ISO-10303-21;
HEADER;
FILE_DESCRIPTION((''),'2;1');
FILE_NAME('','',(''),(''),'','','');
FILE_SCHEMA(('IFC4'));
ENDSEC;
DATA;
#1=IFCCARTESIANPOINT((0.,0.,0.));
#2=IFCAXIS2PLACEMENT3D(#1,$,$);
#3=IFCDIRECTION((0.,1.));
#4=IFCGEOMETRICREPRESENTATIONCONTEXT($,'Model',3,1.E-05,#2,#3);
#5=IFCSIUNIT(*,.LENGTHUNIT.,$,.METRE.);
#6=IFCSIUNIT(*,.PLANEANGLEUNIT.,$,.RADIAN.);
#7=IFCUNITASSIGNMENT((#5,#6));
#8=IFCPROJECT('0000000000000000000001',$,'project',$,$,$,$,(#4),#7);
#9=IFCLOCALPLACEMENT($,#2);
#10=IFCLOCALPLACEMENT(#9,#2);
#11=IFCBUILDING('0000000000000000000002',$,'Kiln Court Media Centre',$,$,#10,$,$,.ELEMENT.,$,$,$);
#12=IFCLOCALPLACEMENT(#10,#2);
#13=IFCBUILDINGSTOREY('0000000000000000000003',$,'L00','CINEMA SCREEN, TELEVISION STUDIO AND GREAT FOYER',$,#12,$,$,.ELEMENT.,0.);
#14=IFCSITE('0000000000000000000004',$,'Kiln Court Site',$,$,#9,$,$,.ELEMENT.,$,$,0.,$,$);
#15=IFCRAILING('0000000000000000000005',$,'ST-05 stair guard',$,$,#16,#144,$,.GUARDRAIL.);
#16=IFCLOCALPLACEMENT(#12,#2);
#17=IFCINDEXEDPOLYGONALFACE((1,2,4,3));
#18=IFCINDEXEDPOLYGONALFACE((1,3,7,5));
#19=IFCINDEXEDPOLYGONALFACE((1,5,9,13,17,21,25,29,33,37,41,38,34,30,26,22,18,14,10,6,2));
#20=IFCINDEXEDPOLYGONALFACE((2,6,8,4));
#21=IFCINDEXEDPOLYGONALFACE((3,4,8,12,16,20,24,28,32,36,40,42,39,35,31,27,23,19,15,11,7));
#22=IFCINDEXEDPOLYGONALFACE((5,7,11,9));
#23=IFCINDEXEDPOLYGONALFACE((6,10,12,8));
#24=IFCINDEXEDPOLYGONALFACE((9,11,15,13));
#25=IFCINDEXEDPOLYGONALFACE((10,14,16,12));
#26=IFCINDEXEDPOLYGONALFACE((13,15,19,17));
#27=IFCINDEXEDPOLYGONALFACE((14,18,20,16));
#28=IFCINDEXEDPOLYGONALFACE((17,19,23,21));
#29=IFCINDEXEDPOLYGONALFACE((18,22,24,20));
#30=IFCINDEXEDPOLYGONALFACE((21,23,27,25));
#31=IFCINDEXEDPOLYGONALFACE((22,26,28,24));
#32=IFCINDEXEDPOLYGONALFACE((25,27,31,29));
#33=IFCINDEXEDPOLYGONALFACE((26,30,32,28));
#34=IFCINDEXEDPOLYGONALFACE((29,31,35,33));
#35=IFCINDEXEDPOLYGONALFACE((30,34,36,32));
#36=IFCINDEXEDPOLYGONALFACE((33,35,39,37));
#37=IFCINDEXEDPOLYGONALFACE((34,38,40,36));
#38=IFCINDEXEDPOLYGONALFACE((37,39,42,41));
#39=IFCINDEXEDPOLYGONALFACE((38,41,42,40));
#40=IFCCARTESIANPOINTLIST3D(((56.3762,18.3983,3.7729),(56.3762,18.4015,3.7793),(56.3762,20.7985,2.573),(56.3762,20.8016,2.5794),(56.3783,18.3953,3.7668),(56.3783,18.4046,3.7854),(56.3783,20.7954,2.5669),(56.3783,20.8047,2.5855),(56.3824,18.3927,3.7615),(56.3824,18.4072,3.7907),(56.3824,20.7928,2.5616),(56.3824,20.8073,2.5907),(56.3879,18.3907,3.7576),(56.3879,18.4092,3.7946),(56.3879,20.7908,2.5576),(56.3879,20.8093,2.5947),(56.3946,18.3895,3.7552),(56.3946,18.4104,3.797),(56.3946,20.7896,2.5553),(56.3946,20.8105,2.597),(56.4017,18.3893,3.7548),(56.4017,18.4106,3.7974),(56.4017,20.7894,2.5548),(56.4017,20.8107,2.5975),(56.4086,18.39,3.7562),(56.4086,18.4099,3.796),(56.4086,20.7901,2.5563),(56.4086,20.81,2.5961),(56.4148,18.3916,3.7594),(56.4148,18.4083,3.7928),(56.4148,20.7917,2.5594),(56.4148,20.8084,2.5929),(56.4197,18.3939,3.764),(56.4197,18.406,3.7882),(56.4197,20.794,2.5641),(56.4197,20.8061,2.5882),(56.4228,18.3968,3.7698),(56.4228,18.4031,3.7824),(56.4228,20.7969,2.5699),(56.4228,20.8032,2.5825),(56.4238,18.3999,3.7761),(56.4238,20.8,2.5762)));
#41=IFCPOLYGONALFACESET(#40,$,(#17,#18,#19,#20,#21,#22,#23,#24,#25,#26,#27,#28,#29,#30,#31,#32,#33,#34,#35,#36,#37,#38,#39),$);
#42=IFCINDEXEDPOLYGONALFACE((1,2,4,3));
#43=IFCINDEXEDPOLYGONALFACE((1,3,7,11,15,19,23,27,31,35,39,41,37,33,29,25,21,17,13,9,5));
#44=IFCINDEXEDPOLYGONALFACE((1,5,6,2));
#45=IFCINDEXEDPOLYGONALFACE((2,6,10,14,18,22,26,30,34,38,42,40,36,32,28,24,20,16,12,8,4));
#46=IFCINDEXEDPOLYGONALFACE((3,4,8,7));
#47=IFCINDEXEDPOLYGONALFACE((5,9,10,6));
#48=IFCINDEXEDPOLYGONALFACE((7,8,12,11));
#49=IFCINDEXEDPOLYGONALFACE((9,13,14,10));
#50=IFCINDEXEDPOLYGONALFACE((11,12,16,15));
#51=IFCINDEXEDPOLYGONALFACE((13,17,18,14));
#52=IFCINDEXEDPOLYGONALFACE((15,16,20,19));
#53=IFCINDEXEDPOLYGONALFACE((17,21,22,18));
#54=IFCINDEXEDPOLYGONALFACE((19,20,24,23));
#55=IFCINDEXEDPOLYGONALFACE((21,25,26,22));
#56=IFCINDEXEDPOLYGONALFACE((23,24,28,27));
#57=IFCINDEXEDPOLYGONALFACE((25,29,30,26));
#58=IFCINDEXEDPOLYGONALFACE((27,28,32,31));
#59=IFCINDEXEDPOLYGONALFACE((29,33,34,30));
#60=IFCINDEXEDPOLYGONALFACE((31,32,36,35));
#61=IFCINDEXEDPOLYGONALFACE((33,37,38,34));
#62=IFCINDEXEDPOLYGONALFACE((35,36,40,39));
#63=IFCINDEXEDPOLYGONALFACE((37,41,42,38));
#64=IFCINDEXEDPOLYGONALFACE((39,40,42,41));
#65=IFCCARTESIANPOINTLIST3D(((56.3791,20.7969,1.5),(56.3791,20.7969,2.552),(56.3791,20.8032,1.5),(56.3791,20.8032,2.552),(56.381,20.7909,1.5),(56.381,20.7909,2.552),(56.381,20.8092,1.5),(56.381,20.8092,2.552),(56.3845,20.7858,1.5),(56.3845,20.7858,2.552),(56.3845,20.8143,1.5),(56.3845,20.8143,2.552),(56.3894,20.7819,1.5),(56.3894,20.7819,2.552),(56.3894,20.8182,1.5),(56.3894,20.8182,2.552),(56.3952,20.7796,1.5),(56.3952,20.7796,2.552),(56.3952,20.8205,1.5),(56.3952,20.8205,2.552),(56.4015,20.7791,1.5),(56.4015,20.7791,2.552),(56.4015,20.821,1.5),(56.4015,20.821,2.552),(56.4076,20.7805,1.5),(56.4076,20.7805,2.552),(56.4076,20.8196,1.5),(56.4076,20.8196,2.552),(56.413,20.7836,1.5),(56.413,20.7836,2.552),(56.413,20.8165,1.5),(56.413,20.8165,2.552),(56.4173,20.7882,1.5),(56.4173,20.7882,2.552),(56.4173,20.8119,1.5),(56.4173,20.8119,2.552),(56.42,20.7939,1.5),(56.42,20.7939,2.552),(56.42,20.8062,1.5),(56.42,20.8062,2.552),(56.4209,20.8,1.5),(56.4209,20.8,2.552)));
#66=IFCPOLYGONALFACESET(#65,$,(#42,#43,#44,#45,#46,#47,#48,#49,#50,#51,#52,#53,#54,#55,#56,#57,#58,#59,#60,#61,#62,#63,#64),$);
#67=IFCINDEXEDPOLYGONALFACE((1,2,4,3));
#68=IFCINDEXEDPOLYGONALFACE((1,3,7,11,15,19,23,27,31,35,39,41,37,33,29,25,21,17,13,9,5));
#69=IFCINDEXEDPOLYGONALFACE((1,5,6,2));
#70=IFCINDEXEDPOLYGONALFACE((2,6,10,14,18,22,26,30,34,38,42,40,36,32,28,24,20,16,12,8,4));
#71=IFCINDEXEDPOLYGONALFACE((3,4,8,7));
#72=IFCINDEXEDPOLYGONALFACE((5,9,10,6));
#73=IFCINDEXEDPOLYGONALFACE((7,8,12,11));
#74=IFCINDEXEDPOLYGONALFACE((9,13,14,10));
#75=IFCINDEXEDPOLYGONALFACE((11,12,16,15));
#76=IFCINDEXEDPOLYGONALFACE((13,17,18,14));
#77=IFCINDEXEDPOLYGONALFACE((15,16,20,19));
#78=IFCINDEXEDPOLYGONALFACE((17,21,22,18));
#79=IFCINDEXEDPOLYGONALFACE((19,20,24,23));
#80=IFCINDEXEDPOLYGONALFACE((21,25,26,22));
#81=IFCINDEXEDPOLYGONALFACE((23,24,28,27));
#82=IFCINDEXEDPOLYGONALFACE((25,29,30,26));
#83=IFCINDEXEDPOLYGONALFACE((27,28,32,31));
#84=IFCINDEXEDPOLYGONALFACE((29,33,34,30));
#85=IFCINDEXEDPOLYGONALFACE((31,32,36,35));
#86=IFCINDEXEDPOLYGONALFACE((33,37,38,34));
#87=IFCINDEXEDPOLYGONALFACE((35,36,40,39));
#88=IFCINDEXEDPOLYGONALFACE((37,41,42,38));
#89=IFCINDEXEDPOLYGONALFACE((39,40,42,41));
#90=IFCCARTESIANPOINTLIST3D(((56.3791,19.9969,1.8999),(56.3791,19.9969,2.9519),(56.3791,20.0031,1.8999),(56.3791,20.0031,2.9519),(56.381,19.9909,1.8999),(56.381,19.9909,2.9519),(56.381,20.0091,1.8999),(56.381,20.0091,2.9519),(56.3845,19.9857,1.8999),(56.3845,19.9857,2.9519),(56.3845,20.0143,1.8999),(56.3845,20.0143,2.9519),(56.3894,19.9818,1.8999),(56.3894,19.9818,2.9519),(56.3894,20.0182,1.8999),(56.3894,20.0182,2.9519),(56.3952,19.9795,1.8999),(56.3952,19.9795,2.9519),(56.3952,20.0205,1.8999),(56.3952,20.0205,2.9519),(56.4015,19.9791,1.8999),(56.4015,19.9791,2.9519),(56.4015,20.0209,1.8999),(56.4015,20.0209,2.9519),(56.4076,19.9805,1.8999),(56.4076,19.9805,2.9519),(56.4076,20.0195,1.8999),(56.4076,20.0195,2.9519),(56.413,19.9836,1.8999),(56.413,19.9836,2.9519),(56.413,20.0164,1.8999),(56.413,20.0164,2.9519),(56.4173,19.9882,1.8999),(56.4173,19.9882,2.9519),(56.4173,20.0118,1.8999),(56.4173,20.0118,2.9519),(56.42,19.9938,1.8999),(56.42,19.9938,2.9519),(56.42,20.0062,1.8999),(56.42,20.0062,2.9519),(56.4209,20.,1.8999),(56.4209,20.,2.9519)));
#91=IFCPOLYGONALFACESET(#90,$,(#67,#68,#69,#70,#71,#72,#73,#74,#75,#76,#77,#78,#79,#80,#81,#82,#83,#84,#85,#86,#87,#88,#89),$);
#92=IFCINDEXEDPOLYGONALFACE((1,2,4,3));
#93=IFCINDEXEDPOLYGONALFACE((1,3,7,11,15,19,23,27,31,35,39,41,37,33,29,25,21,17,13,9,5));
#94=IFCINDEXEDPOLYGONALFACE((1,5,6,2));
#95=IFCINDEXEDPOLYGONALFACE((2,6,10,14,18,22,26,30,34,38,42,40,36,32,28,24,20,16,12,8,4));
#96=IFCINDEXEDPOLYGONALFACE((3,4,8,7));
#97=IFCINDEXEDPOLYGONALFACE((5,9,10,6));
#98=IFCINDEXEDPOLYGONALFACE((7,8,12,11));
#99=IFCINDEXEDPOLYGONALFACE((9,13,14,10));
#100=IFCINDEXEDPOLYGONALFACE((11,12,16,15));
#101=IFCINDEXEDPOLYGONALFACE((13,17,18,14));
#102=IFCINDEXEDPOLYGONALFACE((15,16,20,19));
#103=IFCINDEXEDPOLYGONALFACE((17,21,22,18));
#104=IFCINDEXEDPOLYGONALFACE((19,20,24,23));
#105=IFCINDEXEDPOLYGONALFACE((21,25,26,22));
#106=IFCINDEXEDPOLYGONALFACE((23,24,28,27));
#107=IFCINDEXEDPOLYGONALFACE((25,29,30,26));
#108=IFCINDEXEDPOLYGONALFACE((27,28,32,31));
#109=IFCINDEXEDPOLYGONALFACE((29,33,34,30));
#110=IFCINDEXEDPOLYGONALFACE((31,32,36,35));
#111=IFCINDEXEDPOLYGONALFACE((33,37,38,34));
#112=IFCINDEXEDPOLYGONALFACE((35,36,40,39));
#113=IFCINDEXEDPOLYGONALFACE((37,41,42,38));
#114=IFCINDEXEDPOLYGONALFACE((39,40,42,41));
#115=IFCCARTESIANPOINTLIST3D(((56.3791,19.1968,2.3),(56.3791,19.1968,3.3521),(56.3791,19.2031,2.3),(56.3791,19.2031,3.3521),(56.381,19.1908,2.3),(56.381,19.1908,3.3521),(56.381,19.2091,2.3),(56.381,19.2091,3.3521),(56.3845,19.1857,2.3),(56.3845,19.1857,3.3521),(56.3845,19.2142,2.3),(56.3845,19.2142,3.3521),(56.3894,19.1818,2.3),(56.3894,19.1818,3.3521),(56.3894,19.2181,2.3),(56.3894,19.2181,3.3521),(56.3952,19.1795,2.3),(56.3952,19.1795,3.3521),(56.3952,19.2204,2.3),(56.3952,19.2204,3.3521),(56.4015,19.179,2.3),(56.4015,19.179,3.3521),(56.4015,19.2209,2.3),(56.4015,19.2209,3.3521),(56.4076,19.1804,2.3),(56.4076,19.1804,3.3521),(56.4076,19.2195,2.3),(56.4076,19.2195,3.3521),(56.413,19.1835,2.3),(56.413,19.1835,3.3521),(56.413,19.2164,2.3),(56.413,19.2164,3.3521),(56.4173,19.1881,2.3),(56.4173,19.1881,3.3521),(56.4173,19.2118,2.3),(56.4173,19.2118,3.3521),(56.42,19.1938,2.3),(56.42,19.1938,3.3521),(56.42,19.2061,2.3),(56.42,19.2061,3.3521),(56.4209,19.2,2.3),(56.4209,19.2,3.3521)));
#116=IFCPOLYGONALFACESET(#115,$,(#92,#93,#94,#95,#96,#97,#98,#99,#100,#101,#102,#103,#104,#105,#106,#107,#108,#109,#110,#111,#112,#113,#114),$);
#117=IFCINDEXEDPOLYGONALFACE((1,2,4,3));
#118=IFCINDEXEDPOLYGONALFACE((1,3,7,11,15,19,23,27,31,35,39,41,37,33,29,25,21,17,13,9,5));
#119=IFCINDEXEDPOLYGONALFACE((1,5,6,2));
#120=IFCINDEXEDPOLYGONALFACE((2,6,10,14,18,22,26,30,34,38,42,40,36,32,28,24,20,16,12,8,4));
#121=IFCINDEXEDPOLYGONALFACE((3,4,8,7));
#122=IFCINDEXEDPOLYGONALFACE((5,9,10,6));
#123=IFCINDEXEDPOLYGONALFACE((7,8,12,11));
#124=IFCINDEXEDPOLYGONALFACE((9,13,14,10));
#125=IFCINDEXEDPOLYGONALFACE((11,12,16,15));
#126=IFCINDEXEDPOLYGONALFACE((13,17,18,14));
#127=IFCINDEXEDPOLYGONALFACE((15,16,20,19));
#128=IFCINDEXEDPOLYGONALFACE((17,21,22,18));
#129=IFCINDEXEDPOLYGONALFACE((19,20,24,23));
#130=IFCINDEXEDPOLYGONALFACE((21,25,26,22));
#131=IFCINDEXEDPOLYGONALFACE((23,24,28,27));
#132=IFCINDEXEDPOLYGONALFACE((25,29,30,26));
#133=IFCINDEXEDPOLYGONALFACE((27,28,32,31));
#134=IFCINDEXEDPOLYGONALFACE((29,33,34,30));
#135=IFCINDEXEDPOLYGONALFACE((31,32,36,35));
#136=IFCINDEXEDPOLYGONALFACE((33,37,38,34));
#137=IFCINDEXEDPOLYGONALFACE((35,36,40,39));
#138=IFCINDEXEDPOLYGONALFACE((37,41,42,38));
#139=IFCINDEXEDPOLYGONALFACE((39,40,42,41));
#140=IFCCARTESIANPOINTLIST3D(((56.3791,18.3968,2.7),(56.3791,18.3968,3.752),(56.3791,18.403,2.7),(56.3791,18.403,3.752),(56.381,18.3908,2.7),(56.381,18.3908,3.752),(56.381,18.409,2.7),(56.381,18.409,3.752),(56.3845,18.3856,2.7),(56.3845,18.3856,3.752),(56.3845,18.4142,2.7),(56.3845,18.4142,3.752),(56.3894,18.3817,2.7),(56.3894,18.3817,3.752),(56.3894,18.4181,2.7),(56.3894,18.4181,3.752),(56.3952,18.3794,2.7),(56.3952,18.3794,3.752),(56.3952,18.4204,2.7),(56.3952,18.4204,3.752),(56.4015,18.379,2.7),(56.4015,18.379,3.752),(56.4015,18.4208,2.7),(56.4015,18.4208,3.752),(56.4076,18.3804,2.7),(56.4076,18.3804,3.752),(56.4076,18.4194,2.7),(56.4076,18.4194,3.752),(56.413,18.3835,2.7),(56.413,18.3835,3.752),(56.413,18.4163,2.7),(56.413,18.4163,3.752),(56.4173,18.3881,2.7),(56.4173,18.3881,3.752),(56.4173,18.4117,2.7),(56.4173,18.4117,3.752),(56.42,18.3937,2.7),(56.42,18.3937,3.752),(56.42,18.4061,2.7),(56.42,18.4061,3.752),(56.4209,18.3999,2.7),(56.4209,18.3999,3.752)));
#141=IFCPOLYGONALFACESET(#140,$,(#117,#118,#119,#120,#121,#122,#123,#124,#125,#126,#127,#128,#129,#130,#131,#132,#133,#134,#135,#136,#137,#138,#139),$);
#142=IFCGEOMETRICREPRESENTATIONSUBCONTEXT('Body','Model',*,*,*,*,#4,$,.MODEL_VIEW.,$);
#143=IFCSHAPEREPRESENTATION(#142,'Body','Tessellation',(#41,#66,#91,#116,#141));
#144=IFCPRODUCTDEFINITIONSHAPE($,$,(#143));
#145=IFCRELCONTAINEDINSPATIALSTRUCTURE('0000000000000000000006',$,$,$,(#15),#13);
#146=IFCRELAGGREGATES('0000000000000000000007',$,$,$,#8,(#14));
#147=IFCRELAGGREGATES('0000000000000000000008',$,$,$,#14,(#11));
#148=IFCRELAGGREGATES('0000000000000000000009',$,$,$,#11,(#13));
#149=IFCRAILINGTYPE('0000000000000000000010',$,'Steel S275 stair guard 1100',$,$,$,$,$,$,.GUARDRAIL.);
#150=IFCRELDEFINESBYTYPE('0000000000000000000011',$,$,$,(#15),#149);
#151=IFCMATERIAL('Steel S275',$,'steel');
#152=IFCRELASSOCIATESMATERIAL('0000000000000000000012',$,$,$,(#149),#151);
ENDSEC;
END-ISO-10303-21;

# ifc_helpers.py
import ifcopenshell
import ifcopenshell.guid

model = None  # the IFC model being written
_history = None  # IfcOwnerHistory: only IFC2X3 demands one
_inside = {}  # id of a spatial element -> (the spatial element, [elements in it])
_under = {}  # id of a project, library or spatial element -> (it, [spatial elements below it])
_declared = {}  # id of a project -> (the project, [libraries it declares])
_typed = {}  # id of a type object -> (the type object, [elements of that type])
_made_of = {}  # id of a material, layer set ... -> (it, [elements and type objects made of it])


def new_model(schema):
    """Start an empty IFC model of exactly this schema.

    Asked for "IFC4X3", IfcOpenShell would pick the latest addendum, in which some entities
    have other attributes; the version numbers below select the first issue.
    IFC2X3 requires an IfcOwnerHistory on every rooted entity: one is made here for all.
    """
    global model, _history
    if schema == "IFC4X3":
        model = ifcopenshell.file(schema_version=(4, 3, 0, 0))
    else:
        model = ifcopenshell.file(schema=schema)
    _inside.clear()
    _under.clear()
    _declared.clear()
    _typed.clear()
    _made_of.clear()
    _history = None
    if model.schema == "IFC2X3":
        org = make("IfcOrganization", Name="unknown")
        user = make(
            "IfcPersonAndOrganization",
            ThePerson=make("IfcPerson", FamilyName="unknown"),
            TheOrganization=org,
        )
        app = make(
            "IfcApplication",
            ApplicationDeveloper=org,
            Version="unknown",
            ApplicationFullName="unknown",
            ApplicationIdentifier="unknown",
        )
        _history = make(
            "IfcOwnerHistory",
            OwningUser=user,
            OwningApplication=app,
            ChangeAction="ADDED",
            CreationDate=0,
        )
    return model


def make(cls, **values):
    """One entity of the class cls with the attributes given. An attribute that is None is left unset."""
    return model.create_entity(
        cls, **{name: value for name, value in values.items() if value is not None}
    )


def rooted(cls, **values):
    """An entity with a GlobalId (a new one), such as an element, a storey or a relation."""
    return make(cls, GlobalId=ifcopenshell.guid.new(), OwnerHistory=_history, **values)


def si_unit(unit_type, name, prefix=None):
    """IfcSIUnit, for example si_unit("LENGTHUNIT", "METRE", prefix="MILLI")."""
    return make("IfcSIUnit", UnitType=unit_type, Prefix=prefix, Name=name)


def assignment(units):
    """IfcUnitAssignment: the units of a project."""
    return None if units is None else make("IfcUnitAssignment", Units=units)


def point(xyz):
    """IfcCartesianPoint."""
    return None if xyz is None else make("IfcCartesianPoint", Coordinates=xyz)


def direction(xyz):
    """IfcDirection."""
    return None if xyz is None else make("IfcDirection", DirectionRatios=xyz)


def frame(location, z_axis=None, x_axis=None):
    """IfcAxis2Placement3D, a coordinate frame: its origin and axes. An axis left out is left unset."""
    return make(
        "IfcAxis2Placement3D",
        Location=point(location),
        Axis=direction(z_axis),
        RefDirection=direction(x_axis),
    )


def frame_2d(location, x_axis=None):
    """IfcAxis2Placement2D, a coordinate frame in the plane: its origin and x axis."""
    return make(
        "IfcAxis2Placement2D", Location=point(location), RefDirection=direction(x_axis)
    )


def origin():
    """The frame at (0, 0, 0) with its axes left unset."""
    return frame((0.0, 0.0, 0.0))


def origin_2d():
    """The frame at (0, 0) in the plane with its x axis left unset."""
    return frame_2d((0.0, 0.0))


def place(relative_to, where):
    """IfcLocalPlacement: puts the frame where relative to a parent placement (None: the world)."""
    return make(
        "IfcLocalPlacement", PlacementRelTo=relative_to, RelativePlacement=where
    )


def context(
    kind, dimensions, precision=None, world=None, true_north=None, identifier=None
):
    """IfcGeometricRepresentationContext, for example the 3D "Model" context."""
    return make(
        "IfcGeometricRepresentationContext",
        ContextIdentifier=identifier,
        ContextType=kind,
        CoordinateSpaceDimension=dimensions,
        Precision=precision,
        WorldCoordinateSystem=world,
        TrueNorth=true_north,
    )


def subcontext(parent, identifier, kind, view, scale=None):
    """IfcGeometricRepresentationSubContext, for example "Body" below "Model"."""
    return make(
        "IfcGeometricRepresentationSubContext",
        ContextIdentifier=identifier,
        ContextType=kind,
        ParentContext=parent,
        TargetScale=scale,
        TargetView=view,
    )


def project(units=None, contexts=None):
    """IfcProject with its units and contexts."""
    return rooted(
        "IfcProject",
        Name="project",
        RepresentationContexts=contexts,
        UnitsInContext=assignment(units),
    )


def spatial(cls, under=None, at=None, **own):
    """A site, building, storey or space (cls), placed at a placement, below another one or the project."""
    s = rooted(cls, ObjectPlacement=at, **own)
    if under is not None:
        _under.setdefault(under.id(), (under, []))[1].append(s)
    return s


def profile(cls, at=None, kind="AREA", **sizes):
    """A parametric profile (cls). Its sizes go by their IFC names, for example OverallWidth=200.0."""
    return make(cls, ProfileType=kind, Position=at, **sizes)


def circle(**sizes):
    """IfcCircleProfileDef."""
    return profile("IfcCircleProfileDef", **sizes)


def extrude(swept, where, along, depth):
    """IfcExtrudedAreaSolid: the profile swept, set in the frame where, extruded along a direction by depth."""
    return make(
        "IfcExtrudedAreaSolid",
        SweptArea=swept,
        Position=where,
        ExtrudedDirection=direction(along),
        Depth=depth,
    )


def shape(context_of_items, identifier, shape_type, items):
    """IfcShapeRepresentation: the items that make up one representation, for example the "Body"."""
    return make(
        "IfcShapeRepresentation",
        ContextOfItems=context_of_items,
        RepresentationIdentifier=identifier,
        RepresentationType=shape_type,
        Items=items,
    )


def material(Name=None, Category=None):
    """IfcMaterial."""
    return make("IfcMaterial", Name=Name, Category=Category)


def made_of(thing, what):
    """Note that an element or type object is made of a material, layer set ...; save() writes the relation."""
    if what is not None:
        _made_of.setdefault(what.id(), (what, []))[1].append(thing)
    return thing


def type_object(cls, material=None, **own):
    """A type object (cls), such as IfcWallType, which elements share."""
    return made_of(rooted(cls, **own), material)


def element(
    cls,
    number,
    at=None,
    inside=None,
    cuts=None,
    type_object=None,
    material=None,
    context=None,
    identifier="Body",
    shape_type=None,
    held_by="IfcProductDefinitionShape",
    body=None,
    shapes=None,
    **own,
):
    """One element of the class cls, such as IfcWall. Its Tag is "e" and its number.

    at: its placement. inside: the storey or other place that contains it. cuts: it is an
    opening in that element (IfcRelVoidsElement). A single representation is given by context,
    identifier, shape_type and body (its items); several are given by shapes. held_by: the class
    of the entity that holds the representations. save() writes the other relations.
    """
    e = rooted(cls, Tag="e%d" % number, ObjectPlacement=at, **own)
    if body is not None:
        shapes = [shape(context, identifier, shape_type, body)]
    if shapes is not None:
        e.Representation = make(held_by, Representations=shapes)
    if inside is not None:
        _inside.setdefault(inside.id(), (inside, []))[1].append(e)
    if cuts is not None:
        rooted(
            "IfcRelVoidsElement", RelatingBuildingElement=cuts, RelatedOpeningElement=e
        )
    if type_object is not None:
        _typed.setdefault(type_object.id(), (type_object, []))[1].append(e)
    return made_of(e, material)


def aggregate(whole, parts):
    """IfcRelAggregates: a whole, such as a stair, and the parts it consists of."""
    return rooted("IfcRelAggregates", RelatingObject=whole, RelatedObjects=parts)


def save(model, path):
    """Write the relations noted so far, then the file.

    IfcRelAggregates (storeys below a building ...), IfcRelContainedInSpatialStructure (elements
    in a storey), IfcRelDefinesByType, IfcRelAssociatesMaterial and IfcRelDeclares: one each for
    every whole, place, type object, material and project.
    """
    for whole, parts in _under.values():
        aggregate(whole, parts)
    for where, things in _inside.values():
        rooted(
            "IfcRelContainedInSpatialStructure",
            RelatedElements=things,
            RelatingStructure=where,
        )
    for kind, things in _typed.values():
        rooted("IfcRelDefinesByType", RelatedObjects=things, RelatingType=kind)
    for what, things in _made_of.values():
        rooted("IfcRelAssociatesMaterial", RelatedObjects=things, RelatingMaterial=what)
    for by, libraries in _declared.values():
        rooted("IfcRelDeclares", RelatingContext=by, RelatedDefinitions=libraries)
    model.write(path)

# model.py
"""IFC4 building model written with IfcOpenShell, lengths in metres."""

from ifc_helpers import new_model, si_unit, direction, frame, origin, origin_2d, place, context, subcontext, project, spatial, circle, extrude, material, type_object, element, save


model = new_model("IFC4")

# Units and contexts
model_context = context("Model", 3, precision=1e-05, world=origin(), true_north=direction((0.0, 1.0)))
body_context = subcontext(model_context, "Body", "Model", "MODEL_VIEW")
ifc_project = project(units=[si_unit("LENGTHUNIT", "METRE"), si_unit("PLANEANGLEUNIT", "RADIAN")], contexts=[model_context])

# Site, building, storey
site_placement = place(None, origin())
site = spatial("IfcSite", under=ifc_project, at=site_placement, Name="Kiln Court Site", CompositionType="ELEMENT", RefElevation=0.0)
building_placement = place(site_placement, origin())
building = spatial("IfcBuilding", under=site, at=building_placement, Name="Kiln Court Media Centre", CompositionType="ELEMENT")
storey_placement = place(building_placement, origin())
storey = spatial("IfcBuildingStorey", under=building, at=storey_placement, Name="L00", Description="CINEMA SCREEN, TELEVISION STUDIO AND GREAT FOYER", CompositionType="ELEMENT", Elevation=0.0)

# Railing
ifc_material_1 = material(Name="Steel S275", Category="steel")
railing_type_1 = type_object("IfcRailingType", Name="Steel S275 stair guard 1100", PredefinedType="GUARDRAIL", material=ifc_material_1)
railing_1_placement = place(storey_placement, frame((56.3999, 20.8, 1.5)))
element("IfcRailing", 1, at=railing_1_placement, inside=storey, type_object=railing_type_1, Name="ST-05 stair guard", PredefinedType="GUARDRAIL", context=body_context, shape_type="SweptSolid", body=[
    extrude(circle(Radius=0.0239, at=origin_2d()), frame((0.0, 0.0, 1.0762), z_axis=(0.0, -0.894445, 0.447177), x_axis=(1.0, 0.0, 0.0)), (0.0, 0.0, 1.0), 2.6833),
    extrude(circle(Radius=0.021, at=origin_2d()), origin(), (0.0, 0.0, 1.0), 1.052),
    extrude(circle(Radius=0.021, at=origin_2d()), frame((0.0, -0.8, 0.3999)), (0.0, 0.0, 1.0), 1.052),
    extrude(circle(Radius=0.021, at=origin_2d()), frame((0.0, -1.6001, 0.8)), (0.0, 0.0, 1.0), 1.052),
    extrude(circle(Radius=0.021, at=origin_2d()), frame((0.0, -2.4001, 1.2)), (0.0, 0.0, 1.0), 1.052),
])

save(model, "model.ifc")
